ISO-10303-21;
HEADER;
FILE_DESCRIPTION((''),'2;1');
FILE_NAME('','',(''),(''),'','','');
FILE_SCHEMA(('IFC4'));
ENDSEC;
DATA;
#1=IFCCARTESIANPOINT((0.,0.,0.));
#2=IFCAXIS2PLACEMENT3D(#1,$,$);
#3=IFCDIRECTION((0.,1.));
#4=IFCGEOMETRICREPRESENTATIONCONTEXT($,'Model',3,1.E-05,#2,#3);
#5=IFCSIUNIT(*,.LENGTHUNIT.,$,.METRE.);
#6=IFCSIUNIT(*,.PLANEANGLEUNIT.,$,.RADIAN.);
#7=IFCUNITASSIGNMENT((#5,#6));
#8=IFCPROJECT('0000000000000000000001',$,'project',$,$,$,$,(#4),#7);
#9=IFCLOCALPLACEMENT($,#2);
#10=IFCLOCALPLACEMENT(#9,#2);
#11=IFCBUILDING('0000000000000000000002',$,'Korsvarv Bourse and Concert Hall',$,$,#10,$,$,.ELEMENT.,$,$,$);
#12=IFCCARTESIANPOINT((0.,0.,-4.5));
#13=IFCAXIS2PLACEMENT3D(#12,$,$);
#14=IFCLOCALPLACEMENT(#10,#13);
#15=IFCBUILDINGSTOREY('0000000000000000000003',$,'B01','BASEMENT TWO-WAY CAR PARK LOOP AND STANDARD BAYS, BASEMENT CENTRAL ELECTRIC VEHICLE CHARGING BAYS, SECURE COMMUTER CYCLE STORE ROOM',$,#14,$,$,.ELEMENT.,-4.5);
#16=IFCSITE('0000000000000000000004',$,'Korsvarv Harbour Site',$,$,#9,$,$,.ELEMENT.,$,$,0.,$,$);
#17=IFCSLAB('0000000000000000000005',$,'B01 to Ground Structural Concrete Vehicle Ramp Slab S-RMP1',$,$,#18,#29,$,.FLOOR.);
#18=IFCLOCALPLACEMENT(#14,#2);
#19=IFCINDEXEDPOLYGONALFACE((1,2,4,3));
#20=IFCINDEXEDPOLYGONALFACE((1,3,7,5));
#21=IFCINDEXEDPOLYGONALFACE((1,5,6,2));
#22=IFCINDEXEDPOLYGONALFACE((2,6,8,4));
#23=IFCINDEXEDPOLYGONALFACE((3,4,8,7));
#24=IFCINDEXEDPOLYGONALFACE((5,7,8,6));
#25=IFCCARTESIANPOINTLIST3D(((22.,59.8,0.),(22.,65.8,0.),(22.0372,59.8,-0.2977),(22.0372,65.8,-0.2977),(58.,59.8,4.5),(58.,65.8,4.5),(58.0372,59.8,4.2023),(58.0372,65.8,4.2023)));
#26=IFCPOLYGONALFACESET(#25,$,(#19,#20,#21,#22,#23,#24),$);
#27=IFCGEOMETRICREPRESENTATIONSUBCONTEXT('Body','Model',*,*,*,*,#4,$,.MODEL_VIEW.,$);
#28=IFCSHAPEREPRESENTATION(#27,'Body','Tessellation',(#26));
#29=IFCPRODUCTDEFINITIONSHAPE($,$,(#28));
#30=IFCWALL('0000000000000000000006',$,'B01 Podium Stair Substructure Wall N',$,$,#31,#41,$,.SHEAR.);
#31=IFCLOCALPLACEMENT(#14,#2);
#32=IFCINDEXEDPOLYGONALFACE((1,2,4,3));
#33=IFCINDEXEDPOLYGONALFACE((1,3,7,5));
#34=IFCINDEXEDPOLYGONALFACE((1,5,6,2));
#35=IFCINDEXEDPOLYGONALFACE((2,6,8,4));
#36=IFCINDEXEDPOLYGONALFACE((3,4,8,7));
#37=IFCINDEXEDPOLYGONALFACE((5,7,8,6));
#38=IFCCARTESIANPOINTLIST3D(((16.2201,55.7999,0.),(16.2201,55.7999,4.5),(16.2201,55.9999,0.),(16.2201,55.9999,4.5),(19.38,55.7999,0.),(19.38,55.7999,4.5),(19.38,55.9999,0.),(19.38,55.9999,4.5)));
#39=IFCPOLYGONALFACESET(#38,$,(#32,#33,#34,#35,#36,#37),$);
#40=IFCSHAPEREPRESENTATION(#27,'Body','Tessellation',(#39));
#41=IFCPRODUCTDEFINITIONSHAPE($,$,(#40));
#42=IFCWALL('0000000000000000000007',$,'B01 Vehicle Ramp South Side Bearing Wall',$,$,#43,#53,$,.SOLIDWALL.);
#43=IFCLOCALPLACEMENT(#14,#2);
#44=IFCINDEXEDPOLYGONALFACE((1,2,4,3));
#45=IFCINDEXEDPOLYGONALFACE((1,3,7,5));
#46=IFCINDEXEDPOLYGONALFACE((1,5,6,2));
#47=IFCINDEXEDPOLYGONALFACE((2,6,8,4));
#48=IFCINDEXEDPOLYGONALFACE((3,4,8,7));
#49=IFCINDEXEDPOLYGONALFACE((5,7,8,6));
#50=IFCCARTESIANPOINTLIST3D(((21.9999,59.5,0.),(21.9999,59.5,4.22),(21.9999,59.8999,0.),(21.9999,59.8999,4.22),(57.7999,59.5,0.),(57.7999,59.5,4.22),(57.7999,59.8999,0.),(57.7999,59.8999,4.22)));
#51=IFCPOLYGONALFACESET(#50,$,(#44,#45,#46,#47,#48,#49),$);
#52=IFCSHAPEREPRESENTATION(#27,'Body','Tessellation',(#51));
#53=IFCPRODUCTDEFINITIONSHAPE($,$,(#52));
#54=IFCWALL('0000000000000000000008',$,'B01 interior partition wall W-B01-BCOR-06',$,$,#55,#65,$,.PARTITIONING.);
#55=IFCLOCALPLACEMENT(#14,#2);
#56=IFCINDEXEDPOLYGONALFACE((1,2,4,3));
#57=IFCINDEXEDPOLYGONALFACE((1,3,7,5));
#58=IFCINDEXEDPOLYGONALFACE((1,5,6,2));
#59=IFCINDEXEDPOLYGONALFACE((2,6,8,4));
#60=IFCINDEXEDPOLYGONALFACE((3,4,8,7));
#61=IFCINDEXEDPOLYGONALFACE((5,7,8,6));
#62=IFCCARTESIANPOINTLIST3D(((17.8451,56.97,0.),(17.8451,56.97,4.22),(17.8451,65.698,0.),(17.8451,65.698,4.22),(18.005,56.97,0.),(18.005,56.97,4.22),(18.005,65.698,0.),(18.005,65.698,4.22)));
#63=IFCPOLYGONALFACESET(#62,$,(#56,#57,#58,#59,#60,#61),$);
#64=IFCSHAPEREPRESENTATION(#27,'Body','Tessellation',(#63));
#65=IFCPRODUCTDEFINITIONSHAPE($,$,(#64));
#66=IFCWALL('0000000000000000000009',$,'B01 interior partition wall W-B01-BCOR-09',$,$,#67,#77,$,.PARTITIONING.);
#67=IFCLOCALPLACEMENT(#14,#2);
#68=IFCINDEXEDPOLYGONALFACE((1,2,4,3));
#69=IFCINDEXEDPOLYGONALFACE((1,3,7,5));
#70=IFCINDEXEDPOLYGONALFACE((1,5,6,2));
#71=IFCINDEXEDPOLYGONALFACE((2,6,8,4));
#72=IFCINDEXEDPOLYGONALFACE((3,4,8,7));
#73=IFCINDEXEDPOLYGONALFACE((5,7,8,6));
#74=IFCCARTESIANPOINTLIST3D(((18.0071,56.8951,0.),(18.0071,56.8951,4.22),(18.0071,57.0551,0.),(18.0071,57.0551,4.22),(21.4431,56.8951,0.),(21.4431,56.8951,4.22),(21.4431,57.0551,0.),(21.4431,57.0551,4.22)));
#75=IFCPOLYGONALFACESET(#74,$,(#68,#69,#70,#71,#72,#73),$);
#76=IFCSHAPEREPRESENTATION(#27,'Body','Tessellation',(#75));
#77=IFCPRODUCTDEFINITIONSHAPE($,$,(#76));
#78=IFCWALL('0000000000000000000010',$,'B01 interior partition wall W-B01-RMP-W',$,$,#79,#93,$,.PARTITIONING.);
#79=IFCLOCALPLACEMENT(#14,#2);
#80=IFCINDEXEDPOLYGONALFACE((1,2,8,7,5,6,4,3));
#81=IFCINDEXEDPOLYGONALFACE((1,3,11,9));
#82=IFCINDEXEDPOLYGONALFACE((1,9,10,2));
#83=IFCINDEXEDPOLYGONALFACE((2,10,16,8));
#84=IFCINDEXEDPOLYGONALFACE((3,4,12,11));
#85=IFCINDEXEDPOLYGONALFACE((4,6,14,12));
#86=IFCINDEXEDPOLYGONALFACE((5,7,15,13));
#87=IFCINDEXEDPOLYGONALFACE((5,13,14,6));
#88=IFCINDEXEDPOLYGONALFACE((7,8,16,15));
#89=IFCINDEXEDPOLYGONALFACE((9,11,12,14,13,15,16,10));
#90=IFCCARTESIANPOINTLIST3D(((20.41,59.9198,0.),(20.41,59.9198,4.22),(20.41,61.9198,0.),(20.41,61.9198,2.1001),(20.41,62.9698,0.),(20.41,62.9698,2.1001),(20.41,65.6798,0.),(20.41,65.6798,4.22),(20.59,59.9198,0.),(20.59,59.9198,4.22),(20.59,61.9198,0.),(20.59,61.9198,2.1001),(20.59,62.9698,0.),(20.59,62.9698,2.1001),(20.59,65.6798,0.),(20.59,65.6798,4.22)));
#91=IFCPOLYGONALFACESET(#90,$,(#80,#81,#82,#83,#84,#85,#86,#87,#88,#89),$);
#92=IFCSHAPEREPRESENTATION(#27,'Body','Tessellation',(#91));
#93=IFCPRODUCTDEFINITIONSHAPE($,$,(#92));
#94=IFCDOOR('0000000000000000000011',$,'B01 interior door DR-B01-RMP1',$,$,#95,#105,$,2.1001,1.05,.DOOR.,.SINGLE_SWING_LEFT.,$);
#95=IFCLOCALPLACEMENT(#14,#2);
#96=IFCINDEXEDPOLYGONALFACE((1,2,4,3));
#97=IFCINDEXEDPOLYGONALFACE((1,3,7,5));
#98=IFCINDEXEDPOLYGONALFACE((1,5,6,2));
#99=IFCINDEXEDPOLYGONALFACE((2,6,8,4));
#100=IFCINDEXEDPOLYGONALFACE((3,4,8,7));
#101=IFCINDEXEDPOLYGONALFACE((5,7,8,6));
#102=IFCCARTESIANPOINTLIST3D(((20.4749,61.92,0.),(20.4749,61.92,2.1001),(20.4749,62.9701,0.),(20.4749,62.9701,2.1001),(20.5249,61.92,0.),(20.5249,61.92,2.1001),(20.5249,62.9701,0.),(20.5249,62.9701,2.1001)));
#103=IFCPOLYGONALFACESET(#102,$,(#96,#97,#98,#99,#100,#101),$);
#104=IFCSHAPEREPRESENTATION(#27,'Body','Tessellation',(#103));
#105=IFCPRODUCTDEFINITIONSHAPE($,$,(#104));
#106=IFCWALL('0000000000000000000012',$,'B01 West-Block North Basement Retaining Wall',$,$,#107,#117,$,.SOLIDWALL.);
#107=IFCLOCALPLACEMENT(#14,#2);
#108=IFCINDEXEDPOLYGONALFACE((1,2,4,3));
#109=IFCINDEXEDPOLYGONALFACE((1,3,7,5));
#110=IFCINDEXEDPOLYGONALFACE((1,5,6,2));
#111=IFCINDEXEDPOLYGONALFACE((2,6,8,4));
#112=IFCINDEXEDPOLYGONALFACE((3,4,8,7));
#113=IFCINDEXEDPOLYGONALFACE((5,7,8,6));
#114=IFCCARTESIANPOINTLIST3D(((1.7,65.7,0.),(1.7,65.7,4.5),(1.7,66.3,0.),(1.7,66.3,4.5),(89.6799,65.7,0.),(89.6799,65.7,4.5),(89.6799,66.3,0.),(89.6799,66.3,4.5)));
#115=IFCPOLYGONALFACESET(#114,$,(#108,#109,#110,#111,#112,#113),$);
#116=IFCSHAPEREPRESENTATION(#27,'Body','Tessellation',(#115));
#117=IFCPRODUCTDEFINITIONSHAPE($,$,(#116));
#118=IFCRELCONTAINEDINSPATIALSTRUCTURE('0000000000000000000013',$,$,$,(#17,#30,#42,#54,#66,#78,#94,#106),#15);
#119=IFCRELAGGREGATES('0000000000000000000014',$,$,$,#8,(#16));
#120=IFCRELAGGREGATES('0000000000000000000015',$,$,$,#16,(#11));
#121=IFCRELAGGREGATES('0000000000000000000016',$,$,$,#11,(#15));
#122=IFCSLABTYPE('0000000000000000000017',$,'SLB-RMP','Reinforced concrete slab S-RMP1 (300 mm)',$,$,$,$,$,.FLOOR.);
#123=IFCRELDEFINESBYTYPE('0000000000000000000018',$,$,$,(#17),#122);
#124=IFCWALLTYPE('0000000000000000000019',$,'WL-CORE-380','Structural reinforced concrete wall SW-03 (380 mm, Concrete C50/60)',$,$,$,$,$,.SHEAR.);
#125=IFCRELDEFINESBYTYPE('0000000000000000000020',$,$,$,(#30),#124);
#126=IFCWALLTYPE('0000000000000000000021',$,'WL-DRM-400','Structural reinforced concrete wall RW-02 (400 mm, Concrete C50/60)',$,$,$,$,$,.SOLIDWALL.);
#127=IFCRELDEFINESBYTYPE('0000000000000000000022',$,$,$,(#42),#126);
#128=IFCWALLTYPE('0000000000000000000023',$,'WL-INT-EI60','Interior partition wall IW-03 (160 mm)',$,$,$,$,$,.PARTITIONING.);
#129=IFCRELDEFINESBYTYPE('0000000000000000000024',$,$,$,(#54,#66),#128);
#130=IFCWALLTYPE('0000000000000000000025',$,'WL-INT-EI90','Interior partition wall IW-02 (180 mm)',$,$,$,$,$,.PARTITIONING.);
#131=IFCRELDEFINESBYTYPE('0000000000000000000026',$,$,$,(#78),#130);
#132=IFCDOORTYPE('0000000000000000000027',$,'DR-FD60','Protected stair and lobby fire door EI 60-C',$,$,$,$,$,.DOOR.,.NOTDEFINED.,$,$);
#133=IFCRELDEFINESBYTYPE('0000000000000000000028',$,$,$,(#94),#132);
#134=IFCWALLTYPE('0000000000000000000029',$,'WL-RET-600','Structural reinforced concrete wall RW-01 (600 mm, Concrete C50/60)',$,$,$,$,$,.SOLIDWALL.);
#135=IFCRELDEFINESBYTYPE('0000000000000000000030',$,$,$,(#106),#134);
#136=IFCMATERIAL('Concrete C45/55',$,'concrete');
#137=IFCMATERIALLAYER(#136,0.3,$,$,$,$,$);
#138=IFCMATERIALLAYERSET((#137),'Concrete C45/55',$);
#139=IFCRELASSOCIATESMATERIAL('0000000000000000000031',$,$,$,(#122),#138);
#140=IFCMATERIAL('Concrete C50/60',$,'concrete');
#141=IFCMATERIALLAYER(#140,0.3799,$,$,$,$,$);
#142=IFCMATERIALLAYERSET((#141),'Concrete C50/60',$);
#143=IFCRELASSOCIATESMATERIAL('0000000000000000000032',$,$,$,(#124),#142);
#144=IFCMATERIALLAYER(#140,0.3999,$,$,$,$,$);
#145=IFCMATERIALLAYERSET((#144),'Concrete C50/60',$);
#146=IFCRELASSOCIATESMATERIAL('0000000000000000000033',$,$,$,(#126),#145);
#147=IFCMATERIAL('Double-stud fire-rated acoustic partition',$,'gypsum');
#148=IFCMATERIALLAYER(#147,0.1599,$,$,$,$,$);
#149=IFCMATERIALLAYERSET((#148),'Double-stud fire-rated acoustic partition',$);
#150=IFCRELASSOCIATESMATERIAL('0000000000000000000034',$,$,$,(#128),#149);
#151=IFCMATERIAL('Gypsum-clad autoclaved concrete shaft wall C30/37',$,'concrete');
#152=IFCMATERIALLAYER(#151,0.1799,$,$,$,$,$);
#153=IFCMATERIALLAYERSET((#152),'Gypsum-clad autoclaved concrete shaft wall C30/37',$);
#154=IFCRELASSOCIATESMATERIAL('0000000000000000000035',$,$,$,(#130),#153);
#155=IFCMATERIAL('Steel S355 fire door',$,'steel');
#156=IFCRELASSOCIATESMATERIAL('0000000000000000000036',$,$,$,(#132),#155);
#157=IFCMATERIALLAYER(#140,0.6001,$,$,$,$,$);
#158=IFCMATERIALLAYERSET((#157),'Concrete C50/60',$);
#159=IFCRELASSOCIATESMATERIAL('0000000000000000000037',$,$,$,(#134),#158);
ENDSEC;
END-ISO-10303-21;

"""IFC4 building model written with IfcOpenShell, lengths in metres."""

from ifc_helpers import new_model, si_unit, direction, frame, frame_2d, origin, place, context, subcontext, project, spatial, polyline, rectangle, outline, extrude, material, layer, layer_set, type_object, element, fill, save


model = new_model("IFC4")

# Units and contexts
model_context = context("Model", 3, precision=1e-05, world=origin(), true_north=direction((0.0, 1.0)))
body_context = subcontext(model_context, "Body", "Model", "MODEL_VIEW")
ifc_project = project(units=[si_unit("LENGTHUNIT", "METRE"), si_unit("PLANEANGLEUNIT", "RADIAN")], contexts=[model_context])

# Site, building, storey
site_placement = place(None, origin())
site = spatial("IfcSite", under=ifc_project, at=site_placement, Name="Korsvarv Harbour Site", CompositionType="ELEMENT", RefElevation=0.0)
building_placement = place(site_placement, origin())
building = spatial("IfcBuilding", under=site, at=building_placement, Name="Korsvarv Bourse and Concert Hall", CompositionType="ELEMENT")
storey_placement = place(building_placement, frame((0.0, 0.0, -4.5)))
storey = spatial("IfcBuildingStorey", under=building, at=storey_placement, Name="B01", Description="BASEMENT TWO-WAY CAR PARK LOOP AND STANDARD BAYS, BASEMENT CENTRAL ELECTRIC VEHICLE CHARGING BAYS, SECURE COMMUTER CYCLE STORE ROOM", CompositionType="ELEMENT", Elevation=-4.5)

# Slab
ifc_material_1 = material(Name="Concrete C45/55", Category="concrete")
ifc_layer_1 = layer(ifc_material_1, 0.3)
ifc_layer_set_1 = layer_set([ifc_layer_1], Name="Concrete C45/55")
slab_type = type_object("IfcSlabType", Name="SLB-RMP", Description="Reinforced concrete slab S-RMP1 (300 mm)", PredefinedType="FLOOR", material=ifc_layer_set_1)
slab_placement = place(storey_placement, frame((22.0, 59.8, 0.0), z_axis=(-0.124035, 0.0, 0.992278), x_axis=(0.992278, 0.0, 0.124035)))
element("IfcSlab", 1, at=slab_placement, inside=storey, type_object=slab_type, Name="B01 to Ground Structural Concrete Vehicle Ramp Slab S-RMP1", PredefinedType="FLOOR", context=body_context, shape_type="SweptSolid", body=[
    extrude(outline(polyline([(0.0, 0.0), (36.2802, 0.0), (36.2802, 6.0), (0.0, 6.0), (0.0, 0.0)])), origin(), (0.0, 0.0, -1.0), 0.3),
])

# Walls
ifc_material_2 = material(Name="Concrete C50/60", Category="concrete")
ifc_layer_2 = layer(ifc_material_2, 0.3799)
ifc_layer_set_2 = layer_set([ifc_layer_2], Name="Concrete C50/60")
wall_type_1 = type_object("IfcWallType", Name="WL-CORE-380", Description="Structural reinforced concrete wall SW-03 (380 mm, Concrete C50/60)", PredefinedType="SHEAR", material=ifc_layer_set_2)
wall_1_placement = place(storey_placement, frame((16.22, 55.8999, 0.0), z_axis=(0.0, 0.0, 1.0), x_axis=(1.0, 0.0, 0.0)))
element("IfcWall", 2, at=wall_1_placement, inside=storey, type_object=wall_type_1, Name="B01 Podium Stair Substructure Wall N", PredefinedType="SHEAR", context=body_context, shape_type="SweptSolid", body=[
    extrude(rectangle(XDim=3.1599, YDim=0.2, at=frame_2d((1.5801, 0.0))), origin(), (0.0, 0.0, 1.0), 4.5),
])
ifc_layer_3 = layer(ifc_material_2, 0.3999)
ifc_layer_set_3 = layer_set([ifc_layer_3], Name="Concrete C50/60")
wall_type_2 = type_object("IfcWallType", Name="WL-DRM-400", Description="Structural reinforced concrete wall RW-02 (400 mm, Concrete C50/60)", PredefinedType="SOLIDWALL", material=ifc_layer_set_3)
wall_2_placement = place(storey_placement, frame((22.0, 59.7, 0.0), z_axis=(0.0, 0.0, 1.0), x_axis=(1.0, 0.0, 0.0)))
element("IfcWall", 3, at=wall_2_placement, inside=storey, type_object=wall_type_2, Name="B01 Vehicle Ramp South Side Bearing Wall", PredefinedType="SOLIDWALL", context=body_context, shape_type="SweptSolid", body=[
    extrude(rectangle(XDim=35.8, YDim=0.3999, at=frame_2d((17.8999, 0.0))), origin(), (0.0, 0.0, 1.0), 4.22),
])
ifc_material_3 = material(Name="Double-stud fire-rated acoustic partition", Category="gypsum")
ifc_layer_4 = layer(ifc_material_3, 0.1599)
ifc_layer_set_4 = layer_set([ifc_layer_4], Name="Double-stud fire-rated acoustic partition")
wall_type_3 = type_object("IfcWallType", Name="WL-INT-EI60", Description="Interior partition wall IW-03 (160 mm)", PredefinedType="PARTITIONING", material=ifc_layer_set_4)
wall_3_placement = place(storey_placement, frame((17.925, 56.97, 0.0), z_axis=(0.0, 0.0, 1.0), x_axis=(0.0, 1.0, 0.0)))
element("IfcWall", 4, at=wall_3_placement, inside=storey, type_object=wall_type_3, Name="B01 interior partition wall W-B01-BCOR-06", PredefinedType="PARTITIONING", context=body_context, shape_type="SweptSolid", body=[
    extrude(rectangle(XDim=8.728, YDim=0.1599, at=frame_2d((4.364, 0.0))), origin(), (0.0, 0.0, 1.0), 4.22),
])
wall_4_placement = place(storey_placement, frame((18.0071, 56.9751, 0.0), z_axis=(0.0, 0.0, 1.0), x_axis=(1.0, 0.0, 0.0)))
element("IfcWall", 5, at=wall_4_placement, inside=storey, type_object=wall_type_3, Name="B01 interior partition wall W-B01-BCOR-09", PredefinedType="PARTITIONING", context=body_context, shape_type="SweptSolid", body=[
    extrude(rectangle(XDim=3.436, YDim=0.1599, at=frame_2d((1.718, 0.0))), origin(), (0.0, 0.0, 1.0), 4.22),
])

# Wall, opening, door
ifc_material_4 = material(Name="Gypsum-clad autoclaved concrete shaft wall C30/37", Category="concrete")
ifc_layer_5 = layer(ifc_material_4, 0.1799)
ifc_layer_set_5 = layer_set([ifc_layer_5], Name="Gypsum-clad autoclaved concrete shaft wall C30/37")
wall_type_4 = type_object("IfcWallType", Name="WL-INT-EI90", Description="Interior partition wall IW-02 (180 mm)", PredefinedType="PARTITIONING", material=ifc_layer_set_5)
wall_5_placement = place(storey_placement, frame((20.5, 59.9199, 0.0), z_axis=(0.0, 0.0, 1.0), x_axis=(0.0, 1.0, 0.0)))
wall_5 = element("IfcWall", 6, at=wall_5_placement, inside=storey, type_object=wall_type_4, Name="B01 interior partition wall W-B01-RMP-W", PredefinedType="PARTITIONING", context=body_context, shape_type="SweptSolid", body=[
    extrude(rectangle(XDim=5.76, YDim=0.1799, at=frame_2d((2.8799, 0.0))), origin(), (0.0, 0.0, 1.0), 4.22),
])
opening_placement = place(wall_5_placement, frame((2.0, 0.0, 0.0)))
opening = element("IfcOpeningElement", 7, at=opening_placement, cuts=wall_5, PredefinedType="OPENING", context=body_context, shape_type="SweptSolid", body=[
    extrude(rectangle(XDim=1.05, YDim=2.1001, at=frame_2d((0.5249, 1.05))), frame((0.0, 0.1001, 0.0), z_axis=(0.0, -1.0, 0.0), x_axis=(1.0, 0.0, 0.0)), (0.0, 0.0, 1.0), 0.2),
])
ifc_material_5 = material(Name="Steel S355 fire door", Category="steel")
door_type = type_object("IfcDoorType", Name="DR-FD60", Description="Protected stair and lobby fire door EI 60-C", OperationType="NOTDEFINED", PredefinedType="DOOR", material=ifc_material_5)
door_placement = place(opening_placement, frame((1.05, 0.0, 0.0), z_axis=(0.0, 0.0, 1.0), x_axis=(-1.0, 0.0, 0.0)))
door = element("IfcDoor", 8, at=door_placement, inside=storey, type_object=door_type, Name="B01 interior door DR-B01-RMP1", OperationType="SINGLE_SWING_LEFT", OverallHeight=2.1001, OverallWidth=1.05, PredefinedType="DOOR", context=body_context, shape_type="SweptSolid", body=[
    extrude(rectangle(XDim=1.05, YDim=2.1001, at=frame_2d((0.5249, 1.05))), frame((0.0, 0.0249, 0.0), z_axis=(0.0, -1.0, 0.0), x_axis=(1.0, 0.0, 0.0)), (0.0, 0.0, 1.0), 0.05),
])
fill(opening, door)

# Wall
ifc_layer_6 = layer(ifc_material_2, 0.6001)
ifc_layer_set_6 = layer_set([ifc_layer_6], Name="Concrete C50/60")
wall_type_5 = type_object("IfcWallType", Name="WL-RET-600", Description="Structural reinforced concrete wall RW-01 (600 mm, Concrete C50/60)", PredefinedType="SOLIDWALL", material=ifc_layer_set_6)
wall_6_placement = place(storey_placement, frame((1.7, 66.0, 0.0), z_axis=(0.0, 0.0, 1.0), x_axis=(1.0, 0.0, 0.0)))
element("IfcWall", 9, at=wall_6_placement, inside=storey, type_object=wall_type_5, Name="B01 West-Block North Basement Retaining Wall", PredefinedType="SOLIDWALL", context=body_context, shape_type="SweptSolid", body=[
    extrude(rectangle(XDim=87.98, YDim=0.6001, at=frame_2d((43.99, 0.0))), origin(), (0.0, 0.0, 1.0), 4.5),
])

save(model, "model.ifc")
